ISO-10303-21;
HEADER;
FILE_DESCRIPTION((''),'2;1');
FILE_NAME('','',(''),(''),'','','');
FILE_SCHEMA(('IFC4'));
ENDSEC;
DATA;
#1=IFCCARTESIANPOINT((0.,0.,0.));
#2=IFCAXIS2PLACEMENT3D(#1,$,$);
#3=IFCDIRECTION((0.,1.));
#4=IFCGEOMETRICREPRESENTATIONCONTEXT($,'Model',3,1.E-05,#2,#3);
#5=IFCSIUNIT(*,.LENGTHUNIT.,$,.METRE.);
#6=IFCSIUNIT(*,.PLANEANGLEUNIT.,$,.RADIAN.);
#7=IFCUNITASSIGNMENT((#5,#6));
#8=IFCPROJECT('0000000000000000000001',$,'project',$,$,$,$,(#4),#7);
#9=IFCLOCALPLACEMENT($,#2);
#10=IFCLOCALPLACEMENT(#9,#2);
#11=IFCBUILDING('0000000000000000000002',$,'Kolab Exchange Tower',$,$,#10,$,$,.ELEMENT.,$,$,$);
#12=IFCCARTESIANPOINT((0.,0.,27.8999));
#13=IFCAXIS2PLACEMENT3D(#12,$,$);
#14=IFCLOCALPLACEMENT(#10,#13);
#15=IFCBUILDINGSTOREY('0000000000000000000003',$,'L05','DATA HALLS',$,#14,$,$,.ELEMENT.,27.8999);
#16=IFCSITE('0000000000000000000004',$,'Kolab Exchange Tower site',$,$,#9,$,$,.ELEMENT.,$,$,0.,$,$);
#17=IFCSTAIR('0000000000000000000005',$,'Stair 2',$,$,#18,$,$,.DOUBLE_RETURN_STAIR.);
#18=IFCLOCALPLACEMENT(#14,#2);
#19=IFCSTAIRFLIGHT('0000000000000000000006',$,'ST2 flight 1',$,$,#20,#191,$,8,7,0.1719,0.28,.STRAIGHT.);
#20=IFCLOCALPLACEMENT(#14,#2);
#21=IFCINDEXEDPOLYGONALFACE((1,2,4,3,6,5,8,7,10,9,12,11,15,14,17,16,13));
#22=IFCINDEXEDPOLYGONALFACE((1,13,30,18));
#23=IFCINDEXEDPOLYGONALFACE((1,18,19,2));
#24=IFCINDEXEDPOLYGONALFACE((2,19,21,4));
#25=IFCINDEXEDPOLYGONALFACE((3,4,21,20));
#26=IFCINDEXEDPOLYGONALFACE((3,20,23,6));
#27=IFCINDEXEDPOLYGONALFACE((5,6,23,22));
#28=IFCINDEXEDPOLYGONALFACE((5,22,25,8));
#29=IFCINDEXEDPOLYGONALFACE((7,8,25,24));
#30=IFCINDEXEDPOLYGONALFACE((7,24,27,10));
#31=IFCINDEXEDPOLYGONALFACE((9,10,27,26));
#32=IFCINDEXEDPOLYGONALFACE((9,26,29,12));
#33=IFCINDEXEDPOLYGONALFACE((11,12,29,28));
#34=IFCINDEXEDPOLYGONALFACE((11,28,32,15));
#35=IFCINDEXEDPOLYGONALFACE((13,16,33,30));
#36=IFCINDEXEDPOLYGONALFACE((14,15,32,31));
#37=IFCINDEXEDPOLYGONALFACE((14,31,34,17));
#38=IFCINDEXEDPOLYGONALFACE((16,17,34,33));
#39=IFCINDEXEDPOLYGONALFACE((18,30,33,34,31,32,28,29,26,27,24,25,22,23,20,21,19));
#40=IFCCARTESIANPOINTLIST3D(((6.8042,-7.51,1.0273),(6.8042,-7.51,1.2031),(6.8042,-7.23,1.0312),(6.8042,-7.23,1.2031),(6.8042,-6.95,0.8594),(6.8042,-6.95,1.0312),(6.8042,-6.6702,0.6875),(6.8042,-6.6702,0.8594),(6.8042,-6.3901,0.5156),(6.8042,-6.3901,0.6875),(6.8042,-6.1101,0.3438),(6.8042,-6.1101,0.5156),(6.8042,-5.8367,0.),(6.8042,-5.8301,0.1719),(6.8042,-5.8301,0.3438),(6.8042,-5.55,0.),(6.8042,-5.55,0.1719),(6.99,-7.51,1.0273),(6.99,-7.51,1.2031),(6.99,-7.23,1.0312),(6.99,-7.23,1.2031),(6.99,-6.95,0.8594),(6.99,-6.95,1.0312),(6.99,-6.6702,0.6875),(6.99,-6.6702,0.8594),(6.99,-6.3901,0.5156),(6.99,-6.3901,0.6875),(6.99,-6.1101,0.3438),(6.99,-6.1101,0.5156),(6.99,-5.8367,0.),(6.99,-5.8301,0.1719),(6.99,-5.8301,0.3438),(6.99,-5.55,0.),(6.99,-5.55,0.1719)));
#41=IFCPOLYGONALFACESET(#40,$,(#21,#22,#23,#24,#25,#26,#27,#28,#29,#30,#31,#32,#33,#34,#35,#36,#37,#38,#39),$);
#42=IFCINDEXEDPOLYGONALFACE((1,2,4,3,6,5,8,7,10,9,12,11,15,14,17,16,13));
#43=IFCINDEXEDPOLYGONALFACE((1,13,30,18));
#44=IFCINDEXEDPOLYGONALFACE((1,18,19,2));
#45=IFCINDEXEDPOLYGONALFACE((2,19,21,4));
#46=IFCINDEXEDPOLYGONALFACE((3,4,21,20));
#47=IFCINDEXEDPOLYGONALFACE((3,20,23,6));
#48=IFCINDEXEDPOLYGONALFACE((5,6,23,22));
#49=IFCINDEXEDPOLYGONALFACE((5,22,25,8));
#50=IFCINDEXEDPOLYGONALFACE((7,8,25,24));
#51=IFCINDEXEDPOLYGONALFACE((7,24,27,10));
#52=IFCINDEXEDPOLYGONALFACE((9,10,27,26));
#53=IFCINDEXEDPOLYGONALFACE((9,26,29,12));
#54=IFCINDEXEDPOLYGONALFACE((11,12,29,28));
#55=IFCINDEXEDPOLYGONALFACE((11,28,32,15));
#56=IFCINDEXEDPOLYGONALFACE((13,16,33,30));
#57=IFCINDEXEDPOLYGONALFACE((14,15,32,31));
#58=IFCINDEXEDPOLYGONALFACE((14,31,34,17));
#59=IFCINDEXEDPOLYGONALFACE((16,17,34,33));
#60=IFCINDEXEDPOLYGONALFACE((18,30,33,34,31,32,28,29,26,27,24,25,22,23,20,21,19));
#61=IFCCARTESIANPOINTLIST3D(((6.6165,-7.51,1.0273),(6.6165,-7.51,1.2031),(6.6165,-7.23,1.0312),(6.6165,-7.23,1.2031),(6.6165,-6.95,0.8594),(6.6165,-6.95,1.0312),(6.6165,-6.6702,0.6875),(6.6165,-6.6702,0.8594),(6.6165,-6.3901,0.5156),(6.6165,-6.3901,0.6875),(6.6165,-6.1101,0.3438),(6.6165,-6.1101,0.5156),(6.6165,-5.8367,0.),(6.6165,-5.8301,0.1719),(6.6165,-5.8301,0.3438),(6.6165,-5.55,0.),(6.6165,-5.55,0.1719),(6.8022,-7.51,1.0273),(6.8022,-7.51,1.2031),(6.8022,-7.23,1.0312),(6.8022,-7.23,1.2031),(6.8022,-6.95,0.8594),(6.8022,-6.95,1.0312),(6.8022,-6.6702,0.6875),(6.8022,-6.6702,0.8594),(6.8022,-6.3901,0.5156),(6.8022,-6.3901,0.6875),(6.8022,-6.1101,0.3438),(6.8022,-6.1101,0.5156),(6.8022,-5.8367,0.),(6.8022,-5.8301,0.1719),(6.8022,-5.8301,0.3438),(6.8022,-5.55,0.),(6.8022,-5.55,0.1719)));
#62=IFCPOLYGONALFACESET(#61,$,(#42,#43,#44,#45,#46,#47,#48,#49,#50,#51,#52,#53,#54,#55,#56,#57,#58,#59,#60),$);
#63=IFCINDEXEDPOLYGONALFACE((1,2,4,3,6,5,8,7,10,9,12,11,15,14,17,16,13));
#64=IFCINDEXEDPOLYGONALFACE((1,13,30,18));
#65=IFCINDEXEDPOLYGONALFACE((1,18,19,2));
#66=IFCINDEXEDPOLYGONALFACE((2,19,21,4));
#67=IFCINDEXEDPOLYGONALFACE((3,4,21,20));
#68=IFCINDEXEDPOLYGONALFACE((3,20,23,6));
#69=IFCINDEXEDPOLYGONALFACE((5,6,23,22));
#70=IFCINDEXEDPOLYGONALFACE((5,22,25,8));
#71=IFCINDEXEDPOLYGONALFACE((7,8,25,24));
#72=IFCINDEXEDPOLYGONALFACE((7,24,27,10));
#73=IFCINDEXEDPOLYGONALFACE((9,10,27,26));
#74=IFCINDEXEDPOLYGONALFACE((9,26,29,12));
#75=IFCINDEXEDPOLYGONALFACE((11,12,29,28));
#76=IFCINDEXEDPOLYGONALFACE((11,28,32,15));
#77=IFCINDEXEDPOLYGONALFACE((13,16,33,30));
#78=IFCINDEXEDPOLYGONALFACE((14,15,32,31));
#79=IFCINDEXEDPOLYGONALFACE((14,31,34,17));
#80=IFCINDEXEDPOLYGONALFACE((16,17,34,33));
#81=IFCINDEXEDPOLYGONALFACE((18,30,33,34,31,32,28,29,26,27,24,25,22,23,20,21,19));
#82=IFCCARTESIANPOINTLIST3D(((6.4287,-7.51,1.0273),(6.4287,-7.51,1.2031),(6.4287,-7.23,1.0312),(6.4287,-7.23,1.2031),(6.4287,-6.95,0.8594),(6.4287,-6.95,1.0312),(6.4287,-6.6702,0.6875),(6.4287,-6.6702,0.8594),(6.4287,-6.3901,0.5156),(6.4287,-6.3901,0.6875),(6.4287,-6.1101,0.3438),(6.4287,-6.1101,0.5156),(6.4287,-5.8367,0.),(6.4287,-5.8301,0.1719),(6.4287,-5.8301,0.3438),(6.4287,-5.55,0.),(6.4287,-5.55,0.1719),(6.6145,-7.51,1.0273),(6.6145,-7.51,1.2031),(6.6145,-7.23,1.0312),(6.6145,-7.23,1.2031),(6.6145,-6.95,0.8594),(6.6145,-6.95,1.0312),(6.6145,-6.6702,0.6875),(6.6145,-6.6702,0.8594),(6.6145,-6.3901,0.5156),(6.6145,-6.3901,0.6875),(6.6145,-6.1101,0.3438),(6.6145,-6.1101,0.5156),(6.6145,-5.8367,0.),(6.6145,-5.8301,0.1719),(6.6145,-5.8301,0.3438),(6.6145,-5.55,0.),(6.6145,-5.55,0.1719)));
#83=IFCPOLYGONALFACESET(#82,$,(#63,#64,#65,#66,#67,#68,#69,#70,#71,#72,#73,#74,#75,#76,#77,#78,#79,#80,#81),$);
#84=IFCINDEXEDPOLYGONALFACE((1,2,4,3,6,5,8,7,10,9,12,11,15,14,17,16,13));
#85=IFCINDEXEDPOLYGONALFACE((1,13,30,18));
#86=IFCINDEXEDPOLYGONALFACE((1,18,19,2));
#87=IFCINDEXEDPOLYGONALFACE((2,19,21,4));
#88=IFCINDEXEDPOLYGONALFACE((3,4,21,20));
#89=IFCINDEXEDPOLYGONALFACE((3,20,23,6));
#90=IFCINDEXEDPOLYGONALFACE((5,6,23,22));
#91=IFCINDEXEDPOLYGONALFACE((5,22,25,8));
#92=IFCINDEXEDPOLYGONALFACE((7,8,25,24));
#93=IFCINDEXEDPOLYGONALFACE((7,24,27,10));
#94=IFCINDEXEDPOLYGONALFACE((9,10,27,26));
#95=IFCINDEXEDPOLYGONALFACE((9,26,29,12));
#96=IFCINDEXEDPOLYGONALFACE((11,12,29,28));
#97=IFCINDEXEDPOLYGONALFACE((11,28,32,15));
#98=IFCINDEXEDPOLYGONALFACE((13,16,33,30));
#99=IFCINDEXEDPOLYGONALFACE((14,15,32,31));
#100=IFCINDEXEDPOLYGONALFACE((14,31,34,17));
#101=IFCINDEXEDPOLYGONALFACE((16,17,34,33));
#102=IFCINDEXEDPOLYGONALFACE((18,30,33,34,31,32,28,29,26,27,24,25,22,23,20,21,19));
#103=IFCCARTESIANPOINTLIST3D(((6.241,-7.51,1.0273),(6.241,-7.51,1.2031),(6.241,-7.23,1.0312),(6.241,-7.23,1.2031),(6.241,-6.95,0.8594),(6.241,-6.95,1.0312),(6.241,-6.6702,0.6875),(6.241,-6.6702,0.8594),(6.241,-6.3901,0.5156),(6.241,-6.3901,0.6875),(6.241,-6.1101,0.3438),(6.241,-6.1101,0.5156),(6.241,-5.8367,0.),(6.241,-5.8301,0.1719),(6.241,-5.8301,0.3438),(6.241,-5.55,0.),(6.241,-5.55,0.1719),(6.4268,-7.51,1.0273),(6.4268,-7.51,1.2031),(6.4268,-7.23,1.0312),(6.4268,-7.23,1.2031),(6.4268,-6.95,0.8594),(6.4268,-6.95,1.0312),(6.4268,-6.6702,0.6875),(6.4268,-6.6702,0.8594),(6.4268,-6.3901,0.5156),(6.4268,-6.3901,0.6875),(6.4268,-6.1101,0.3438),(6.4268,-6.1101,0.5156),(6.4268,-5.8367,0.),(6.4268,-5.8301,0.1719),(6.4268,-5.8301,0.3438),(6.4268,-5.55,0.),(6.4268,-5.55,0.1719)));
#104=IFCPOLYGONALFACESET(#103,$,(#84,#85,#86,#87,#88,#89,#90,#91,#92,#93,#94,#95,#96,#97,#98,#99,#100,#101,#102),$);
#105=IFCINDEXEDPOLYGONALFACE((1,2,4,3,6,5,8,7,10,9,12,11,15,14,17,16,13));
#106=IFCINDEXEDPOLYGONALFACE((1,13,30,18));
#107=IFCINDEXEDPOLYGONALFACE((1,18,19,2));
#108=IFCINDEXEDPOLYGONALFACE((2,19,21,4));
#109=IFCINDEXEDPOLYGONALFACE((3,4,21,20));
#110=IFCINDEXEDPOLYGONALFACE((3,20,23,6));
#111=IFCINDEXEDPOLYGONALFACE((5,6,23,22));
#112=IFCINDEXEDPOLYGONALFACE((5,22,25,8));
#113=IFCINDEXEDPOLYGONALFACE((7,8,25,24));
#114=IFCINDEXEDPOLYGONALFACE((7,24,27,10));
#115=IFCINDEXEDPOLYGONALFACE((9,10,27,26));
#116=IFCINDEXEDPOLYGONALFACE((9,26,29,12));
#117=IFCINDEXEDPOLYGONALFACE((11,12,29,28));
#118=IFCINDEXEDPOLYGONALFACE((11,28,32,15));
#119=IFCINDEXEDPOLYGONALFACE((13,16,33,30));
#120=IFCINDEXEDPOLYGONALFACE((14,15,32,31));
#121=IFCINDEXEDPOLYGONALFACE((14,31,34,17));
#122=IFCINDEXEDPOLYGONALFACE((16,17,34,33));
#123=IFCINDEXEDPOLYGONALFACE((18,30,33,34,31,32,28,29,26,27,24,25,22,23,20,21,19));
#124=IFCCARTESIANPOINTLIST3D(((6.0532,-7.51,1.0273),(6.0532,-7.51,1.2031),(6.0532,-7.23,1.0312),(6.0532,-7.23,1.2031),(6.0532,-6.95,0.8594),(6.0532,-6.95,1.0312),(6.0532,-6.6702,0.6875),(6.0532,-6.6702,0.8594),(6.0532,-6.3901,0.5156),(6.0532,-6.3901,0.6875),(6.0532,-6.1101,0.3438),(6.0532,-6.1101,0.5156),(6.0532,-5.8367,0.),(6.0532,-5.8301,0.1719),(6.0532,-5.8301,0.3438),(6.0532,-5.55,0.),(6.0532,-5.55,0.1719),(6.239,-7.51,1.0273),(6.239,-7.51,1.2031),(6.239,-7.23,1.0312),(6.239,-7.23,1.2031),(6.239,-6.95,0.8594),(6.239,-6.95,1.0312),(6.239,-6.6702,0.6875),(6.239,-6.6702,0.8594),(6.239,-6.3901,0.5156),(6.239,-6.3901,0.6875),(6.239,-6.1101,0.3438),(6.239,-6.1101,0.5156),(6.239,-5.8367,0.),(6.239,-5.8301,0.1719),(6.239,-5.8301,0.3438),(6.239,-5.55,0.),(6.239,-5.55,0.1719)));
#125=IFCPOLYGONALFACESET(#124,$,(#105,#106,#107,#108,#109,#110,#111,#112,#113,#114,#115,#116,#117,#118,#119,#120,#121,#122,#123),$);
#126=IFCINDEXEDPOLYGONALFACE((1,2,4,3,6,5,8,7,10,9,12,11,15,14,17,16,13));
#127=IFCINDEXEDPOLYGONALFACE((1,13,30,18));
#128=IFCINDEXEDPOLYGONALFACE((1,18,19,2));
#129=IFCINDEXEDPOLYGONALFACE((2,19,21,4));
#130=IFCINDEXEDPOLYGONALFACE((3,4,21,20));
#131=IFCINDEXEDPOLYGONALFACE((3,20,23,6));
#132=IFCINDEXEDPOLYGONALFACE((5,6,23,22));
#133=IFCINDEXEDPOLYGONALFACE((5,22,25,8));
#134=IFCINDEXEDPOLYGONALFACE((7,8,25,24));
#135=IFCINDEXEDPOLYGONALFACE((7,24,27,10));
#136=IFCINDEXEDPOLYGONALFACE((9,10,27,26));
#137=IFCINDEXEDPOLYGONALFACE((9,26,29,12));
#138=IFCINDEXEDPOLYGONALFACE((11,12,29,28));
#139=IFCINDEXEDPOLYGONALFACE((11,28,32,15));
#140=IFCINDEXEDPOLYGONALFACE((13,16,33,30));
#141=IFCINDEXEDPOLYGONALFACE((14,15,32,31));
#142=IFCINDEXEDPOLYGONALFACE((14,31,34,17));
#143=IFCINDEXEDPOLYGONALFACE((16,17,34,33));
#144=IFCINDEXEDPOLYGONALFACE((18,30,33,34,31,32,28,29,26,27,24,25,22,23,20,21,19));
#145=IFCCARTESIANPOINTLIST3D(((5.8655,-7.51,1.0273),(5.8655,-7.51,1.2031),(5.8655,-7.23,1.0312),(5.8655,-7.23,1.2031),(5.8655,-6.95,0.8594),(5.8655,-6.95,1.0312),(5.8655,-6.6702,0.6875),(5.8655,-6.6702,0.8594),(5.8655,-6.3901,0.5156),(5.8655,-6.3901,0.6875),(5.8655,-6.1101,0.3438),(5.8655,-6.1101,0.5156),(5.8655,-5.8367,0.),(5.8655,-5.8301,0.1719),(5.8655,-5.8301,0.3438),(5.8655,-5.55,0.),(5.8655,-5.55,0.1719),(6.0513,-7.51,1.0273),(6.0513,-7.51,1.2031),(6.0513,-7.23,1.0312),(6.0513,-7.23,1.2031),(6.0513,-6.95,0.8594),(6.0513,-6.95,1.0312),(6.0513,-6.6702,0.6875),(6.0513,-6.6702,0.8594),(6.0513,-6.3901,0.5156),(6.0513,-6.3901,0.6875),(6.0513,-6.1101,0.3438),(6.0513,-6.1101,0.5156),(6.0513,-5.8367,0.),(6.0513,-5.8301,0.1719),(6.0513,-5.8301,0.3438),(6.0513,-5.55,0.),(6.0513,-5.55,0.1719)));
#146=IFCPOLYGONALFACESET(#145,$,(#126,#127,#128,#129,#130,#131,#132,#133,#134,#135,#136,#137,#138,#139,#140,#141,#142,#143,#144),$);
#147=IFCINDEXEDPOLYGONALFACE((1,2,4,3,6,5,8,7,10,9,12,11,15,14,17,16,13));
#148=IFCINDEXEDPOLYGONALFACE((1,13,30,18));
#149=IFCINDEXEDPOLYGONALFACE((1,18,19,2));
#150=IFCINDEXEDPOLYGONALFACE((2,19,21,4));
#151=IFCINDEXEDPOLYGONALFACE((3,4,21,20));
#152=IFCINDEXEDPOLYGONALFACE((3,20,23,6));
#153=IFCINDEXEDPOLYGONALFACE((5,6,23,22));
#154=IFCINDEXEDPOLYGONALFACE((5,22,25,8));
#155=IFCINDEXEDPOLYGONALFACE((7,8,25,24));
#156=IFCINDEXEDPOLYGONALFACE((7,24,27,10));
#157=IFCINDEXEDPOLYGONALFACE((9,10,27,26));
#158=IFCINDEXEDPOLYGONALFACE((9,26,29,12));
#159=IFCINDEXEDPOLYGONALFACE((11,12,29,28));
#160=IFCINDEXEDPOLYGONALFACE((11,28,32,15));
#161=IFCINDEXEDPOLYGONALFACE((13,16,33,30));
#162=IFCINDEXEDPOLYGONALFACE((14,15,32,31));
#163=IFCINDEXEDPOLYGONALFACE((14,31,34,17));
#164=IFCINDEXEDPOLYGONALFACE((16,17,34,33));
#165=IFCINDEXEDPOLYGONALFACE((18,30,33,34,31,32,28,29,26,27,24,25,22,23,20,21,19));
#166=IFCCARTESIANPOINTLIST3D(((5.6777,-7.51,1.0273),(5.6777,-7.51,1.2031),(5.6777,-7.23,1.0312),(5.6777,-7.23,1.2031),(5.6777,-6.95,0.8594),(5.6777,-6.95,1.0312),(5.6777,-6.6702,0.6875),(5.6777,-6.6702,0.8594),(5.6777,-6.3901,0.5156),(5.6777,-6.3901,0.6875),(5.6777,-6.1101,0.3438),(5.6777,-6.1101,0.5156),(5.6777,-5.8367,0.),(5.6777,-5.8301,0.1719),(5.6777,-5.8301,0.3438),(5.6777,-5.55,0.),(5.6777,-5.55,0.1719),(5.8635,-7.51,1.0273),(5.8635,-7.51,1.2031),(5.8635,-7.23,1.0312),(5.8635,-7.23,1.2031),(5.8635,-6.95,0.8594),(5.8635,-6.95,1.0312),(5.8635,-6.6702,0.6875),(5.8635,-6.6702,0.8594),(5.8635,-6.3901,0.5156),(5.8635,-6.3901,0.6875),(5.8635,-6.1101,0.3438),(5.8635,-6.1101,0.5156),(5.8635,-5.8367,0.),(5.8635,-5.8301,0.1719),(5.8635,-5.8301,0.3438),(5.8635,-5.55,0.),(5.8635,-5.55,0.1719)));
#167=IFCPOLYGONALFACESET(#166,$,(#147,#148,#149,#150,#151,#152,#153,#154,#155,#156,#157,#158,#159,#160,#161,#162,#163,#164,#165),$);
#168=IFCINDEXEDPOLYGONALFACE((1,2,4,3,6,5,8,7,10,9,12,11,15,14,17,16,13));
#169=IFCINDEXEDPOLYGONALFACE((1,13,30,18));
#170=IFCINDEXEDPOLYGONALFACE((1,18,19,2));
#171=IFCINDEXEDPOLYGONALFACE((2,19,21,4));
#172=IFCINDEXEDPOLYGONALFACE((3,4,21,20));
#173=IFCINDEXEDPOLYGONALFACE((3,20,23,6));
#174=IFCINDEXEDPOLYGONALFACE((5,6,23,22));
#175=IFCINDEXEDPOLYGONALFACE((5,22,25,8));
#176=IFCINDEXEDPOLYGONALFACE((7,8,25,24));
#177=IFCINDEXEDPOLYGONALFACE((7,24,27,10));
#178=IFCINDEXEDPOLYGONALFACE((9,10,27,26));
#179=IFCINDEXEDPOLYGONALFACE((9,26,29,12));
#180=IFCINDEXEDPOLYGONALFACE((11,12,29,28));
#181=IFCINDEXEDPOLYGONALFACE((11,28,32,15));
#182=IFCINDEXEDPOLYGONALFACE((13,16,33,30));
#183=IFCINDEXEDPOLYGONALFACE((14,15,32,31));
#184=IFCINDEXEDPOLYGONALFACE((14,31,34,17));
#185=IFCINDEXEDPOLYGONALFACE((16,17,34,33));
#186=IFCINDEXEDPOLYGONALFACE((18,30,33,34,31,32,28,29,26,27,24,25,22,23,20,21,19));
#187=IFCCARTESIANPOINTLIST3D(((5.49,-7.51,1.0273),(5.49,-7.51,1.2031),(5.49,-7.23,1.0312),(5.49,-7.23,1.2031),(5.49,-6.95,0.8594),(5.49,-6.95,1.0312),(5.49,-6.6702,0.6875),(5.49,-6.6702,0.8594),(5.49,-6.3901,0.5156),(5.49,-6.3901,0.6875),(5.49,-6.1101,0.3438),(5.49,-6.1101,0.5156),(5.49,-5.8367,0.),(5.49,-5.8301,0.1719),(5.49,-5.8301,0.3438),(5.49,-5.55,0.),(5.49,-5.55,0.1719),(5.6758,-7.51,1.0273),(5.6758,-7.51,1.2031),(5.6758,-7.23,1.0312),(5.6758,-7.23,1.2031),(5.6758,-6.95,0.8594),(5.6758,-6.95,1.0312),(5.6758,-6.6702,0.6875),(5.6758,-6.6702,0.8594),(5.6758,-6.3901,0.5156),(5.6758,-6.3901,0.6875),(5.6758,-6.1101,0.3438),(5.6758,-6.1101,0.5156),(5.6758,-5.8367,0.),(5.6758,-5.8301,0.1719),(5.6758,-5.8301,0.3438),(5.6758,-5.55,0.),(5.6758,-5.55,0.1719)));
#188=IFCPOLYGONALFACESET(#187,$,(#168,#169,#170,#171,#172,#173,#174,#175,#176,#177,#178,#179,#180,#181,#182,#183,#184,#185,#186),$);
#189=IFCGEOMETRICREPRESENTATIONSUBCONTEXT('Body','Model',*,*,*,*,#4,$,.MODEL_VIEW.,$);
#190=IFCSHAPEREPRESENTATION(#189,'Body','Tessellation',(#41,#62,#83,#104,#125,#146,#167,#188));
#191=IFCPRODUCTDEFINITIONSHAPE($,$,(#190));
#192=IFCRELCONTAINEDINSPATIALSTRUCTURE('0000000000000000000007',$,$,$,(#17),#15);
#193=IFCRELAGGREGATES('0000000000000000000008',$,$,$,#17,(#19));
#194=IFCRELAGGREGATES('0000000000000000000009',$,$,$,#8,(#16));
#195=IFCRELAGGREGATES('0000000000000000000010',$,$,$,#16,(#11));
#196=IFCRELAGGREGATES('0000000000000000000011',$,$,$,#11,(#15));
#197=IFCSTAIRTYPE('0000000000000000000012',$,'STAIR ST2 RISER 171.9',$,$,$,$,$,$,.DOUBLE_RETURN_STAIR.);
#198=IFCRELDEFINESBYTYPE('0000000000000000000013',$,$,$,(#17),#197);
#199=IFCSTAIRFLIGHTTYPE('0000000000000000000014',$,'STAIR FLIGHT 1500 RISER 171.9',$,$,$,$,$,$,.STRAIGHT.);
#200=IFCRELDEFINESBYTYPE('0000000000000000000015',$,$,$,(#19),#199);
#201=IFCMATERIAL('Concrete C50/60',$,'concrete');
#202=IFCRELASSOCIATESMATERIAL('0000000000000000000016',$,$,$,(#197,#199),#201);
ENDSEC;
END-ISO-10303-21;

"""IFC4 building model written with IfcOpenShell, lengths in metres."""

from ifc_helpers import new_model, si_unit, direction, frame, origin, place, context, subcontext, project, spatial, polyline, outline, extrude, material, type_object, element, aggregate, save


model = new_model("IFC4")

# Units and contexts
model_context = context("Model", 3, precision=1e-05, world=origin(), true_north=direction((0.0, 1.0)))
body_context = subcontext(model_context, "Body", "Model", "MODEL_VIEW")
ifc_project = project(units=[si_unit("LENGTHUNIT", "METRE"), si_unit("PLANEANGLEUNIT", "RADIAN")], contexts=[model_context])

# Site, building, storey
site_placement = place(None, origin())
site = spatial("IfcSite", under=ifc_project, at=site_placement, Name="Kolab Exchange Tower site", CompositionType="ELEMENT", RefElevation=0.0)
building_placement = place(site_placement, origin())
building = spatial("IfcBuilding", under=site, at=building_placement, Name="Kolab Exchange Tower", CompositionType="ELEMENT")
storey_placement = place(building_placement, frame((0.0, 0.0, 27.8999)))
storey = spatial("IfcBuildingStorey", under=building, at=storey_placement, Name="L05", Description="DATA HALLS", CompositionType="ELEMENT", Elevation=27.8999)

# Shared definitions
ifc_material_1 = material(Name="Concrete C50/60", Category="concrete")

# Stair, stair flight
stair_type_1 = type_object("IfcStairType", Name="STAIR ST2 RISER 171.9", PredefinedType="DOUBLE_RETURN_STAIR", material=ifc_material_1)
stair_1_placement = place(storey_placement, origin())
stair_1 = element("IfcStair", 1, at=stair_1_placement, inside=storey, type_object=stair_type_1, Name="Stair 2", PredefinedType="DOUBLE_RETURN_STAIR")
stair_flight_type = type_object("IfcStairFlightType", Name="STAIR FLIGHT 1500 RISER 171.9", PredefinedType="STRAIGHT", material=ifc_material_1)
stair_flight_1_placement = place(storey_placement, frame((6.24, -5.55, 0.0), z_axis=(0.0, 0.0, 1.0), x_axis=(0.0, -1.0, 0.0)))
stair_flight_1 = element("IfcStairFlight", 2, at=stair_flight_1_placement, type_object=stair_flight_type, Name="ST2 flight 1", NumberOfRisers=8, NumberOfTreads=7, PredefinedType="STRAIGHT", RiserHeight=0.1719, TreadLength=0.28, context=body_context, shape_type="SweptSolid", body=[
    extrude(outline(polyline([(0.0, 0.0), (0.0, 0.1719), (0.28, 0.1719), (0.28, 0.3438), (0.5601, 0.3438), (0.5601, 0.5156), (0.8401, 0.5156), (0.8401, 0.6875), (1.1201, 0.6875), (1.1201, 0.8594), (1.3999, 0.8594), (1.3999, 1.0312), (1.6799, 1.0312), (1.6799, 1.2031), (1.96, 1.2031), (1.96, 1.375), (1.96, 1.0273), (0.2866, 0.0), (0.0, 0.0)])), frame((0.0, 0.75, 0.0), z_axis=(0.0, -1.0, 0.0), x_axis=(1.0, 0.0, 0.0)), (0.0, 0.0, 1.0), 0.1858),
    extrude(outline(polyline([(0.0, 0.0), (0.0, 0.1719), (0.28, 0.1719), (0.28, 0.3438), (0.5601, 0.3438), (0.5601, 0.5156), (0.8401, 0.5156), (0.8401, 0.6875), (1.1201, 0.6875), (1.1201, 0.8594), (1.3999, 0.8594), (1.3999, 1.0312), (1.6799, 1.0312), (1.6799, 1.2031), (1.96, 1.2031), (1.96, 1.375), (1.96, 1.0273), (0.2866, 0.0), (0.0, 0.0)])), frame((0.0, 0.5623, 0.0), z_axis=(0.0, -1.0, 0.0), x_axis=(1.0, 0.0, 0.0)), (0.0, 0.0, 1.0), 0.1858),
    extrude(outline(polyline([(0.0, 0.0), (0.0, 0.1719), (0.28, 0.1719), (0.28, 0.3438), (0.5601, 0.3438), (0.5601, 0.5156), (0.8401, 0.5156), (0.8401, 0.6875), (1.1201, 0.6875), (1.1201, 0.8594), (1.3999, 0.8594), (1.3999, 1.0312), (1.6799, 1.0312), (1.6799, 1.2031), (1.96, 1.2031), (1.96, 1.375), (1.96, 1.0273), (0.2866, 0.0), (0.0, 0.0)])), frame((0.0, 0.3745, 0.0), z_axis=(0.0, -1.0, 0.0), x_axis=(1.0, 0.0, 0.0)), (0.0, 0.0, 1.0), 0.1858),
    extrude(outline(polyline([(0.0, 0.0), (0.0, 0.1719), (0.28, 0.1719), (0.28, 0.3438), (0.5601, 0.3438), (0.5601, 0.5156), (0.8401, 0.5156), (0.8401, 0.6875), (1.1201, 0.6875), (1.1201, 0.8594), (1.3999, 0.8594), (1.3999, 1.0312), (1.6799, 1.0312), (1.6799, 1.2031), (1.96, 1.2031), (1.96, 1.375), (1.96, 1.0273), (0.2866, 0.0), (0.0, 0.0)])), frame((0.0, 0.1868, 0.0), z_axis=(0.0, -1.0, 0.0), x_axis=(1.0, 0.0, 0.0)), (0.0, 0.0, 1.0), 0.1858),
    extrude(outline(polyline([(0.0, 0.0), (0.0, 0.1719), (0.28, 0.1719), (0.28, 0.3438), (0.5601, 0.3438), (0.5601, 0.5156), (0.8401, 0.5156), (0.8401, 0.6875), (1.1201, 0.6875), (1.1201, 0.8594), (1.3999, 0.8594), (1.3999, 1.0312), (1.6799, 1.0312), (1.6799, 1.2031), (1.96, 1.2031), (1.96, 1.375), (1.96, 1.0273), (0.2866, 0.0), (0.0, 0.0)])), frame((0.0, -0.001, 0.0), z_axis=(0.0, -1.0, 0.0), x_axis=(1.0, 0.0, 0.0)), (0.0, 0.0, 1.0), 0.1858),
    extrude(outline(polyline([(0.0, 0.0), (0.0, 0.1719), (0.28, 0.1719), (0.28, 0.3438), (0.5601, 0.3438), (0.5601, 0.5156), (0.8401, 0.5156), (0.8401, 0.6875), (1.1201, 0.6875), (1.1201, 0.8594), (1.3999, 0.8594), (1.3999, 1.0312), (1.6799, 1.0312), (1.6799, 1.2031), (1.96, 1.2031), (1.96, 1.375), (1.96, 1.0273), (0.2866, 0.0), (0.0, 0.0)])), frame((0.0, -0.1887, 0.0), z_axis=(0.0, -1.0, 0.0), x_axis=(1.0, 0.0, 0.0)), (0.0, 0.0, 1.0), 0.1858),
    extrude(outline(polyline([(0.0, 0.0), (0.0, 0.1719), (0.28, 0.1719), (0.28, 0.3438), (0.5601, 0.3438), (0.5601, 0.5156), (0.8401, 0.5156), (0.8401, 0.6875), (1.1201, 0.6875), (1.1201, 0.8594), (1.3999, 0.8594), (1.3999, 1.0312), (1.6799, 1.0312), (1.6799, 1.2031), (1.96, 1.2031), (1.96, 1.375), (1.96, 1.0273), (0.2866, 0.0), (0.0, 0.0)])), frame((0.0, -0.3765, 0.0), z_axis=(0.0, -1.0, 0.0), x_axis=(1.0, 0.0, 0.0)), (0.0, 0.0, 1.0), 0.1858),
    extrude(outline(polyline([(0.0, 0.0), (0.0, 0.1719), (0.28, 0.1719), (0.28, 0.3438), (0.5601, 0.3438), (0.5601, 0.5156), (0.8401, 0.5156), (0.8401, 0.6875), (1.1201, 0.6875), (1.1201, 0.8594), (1.3999, 0.8594), (1.3999, 1.0312), (1.6799, 1.0312), (1.6799, 1.2031), (1.96, 1.2031), (1.96, 1.375), (1.96, 1.0273), (0.2866, 0.0), (0.0, 0.0)])), frame((0.0, -0.5642, 0.0), z_axis=(0.0, -1.0, 0.0), x_axis=(1.0, 0.0, 0.0)), (0.0, 0.0, 1.0), 0.1858),
])
aggregate(stair_1, [stair_flight_1])

save(model, "model.ifc")
